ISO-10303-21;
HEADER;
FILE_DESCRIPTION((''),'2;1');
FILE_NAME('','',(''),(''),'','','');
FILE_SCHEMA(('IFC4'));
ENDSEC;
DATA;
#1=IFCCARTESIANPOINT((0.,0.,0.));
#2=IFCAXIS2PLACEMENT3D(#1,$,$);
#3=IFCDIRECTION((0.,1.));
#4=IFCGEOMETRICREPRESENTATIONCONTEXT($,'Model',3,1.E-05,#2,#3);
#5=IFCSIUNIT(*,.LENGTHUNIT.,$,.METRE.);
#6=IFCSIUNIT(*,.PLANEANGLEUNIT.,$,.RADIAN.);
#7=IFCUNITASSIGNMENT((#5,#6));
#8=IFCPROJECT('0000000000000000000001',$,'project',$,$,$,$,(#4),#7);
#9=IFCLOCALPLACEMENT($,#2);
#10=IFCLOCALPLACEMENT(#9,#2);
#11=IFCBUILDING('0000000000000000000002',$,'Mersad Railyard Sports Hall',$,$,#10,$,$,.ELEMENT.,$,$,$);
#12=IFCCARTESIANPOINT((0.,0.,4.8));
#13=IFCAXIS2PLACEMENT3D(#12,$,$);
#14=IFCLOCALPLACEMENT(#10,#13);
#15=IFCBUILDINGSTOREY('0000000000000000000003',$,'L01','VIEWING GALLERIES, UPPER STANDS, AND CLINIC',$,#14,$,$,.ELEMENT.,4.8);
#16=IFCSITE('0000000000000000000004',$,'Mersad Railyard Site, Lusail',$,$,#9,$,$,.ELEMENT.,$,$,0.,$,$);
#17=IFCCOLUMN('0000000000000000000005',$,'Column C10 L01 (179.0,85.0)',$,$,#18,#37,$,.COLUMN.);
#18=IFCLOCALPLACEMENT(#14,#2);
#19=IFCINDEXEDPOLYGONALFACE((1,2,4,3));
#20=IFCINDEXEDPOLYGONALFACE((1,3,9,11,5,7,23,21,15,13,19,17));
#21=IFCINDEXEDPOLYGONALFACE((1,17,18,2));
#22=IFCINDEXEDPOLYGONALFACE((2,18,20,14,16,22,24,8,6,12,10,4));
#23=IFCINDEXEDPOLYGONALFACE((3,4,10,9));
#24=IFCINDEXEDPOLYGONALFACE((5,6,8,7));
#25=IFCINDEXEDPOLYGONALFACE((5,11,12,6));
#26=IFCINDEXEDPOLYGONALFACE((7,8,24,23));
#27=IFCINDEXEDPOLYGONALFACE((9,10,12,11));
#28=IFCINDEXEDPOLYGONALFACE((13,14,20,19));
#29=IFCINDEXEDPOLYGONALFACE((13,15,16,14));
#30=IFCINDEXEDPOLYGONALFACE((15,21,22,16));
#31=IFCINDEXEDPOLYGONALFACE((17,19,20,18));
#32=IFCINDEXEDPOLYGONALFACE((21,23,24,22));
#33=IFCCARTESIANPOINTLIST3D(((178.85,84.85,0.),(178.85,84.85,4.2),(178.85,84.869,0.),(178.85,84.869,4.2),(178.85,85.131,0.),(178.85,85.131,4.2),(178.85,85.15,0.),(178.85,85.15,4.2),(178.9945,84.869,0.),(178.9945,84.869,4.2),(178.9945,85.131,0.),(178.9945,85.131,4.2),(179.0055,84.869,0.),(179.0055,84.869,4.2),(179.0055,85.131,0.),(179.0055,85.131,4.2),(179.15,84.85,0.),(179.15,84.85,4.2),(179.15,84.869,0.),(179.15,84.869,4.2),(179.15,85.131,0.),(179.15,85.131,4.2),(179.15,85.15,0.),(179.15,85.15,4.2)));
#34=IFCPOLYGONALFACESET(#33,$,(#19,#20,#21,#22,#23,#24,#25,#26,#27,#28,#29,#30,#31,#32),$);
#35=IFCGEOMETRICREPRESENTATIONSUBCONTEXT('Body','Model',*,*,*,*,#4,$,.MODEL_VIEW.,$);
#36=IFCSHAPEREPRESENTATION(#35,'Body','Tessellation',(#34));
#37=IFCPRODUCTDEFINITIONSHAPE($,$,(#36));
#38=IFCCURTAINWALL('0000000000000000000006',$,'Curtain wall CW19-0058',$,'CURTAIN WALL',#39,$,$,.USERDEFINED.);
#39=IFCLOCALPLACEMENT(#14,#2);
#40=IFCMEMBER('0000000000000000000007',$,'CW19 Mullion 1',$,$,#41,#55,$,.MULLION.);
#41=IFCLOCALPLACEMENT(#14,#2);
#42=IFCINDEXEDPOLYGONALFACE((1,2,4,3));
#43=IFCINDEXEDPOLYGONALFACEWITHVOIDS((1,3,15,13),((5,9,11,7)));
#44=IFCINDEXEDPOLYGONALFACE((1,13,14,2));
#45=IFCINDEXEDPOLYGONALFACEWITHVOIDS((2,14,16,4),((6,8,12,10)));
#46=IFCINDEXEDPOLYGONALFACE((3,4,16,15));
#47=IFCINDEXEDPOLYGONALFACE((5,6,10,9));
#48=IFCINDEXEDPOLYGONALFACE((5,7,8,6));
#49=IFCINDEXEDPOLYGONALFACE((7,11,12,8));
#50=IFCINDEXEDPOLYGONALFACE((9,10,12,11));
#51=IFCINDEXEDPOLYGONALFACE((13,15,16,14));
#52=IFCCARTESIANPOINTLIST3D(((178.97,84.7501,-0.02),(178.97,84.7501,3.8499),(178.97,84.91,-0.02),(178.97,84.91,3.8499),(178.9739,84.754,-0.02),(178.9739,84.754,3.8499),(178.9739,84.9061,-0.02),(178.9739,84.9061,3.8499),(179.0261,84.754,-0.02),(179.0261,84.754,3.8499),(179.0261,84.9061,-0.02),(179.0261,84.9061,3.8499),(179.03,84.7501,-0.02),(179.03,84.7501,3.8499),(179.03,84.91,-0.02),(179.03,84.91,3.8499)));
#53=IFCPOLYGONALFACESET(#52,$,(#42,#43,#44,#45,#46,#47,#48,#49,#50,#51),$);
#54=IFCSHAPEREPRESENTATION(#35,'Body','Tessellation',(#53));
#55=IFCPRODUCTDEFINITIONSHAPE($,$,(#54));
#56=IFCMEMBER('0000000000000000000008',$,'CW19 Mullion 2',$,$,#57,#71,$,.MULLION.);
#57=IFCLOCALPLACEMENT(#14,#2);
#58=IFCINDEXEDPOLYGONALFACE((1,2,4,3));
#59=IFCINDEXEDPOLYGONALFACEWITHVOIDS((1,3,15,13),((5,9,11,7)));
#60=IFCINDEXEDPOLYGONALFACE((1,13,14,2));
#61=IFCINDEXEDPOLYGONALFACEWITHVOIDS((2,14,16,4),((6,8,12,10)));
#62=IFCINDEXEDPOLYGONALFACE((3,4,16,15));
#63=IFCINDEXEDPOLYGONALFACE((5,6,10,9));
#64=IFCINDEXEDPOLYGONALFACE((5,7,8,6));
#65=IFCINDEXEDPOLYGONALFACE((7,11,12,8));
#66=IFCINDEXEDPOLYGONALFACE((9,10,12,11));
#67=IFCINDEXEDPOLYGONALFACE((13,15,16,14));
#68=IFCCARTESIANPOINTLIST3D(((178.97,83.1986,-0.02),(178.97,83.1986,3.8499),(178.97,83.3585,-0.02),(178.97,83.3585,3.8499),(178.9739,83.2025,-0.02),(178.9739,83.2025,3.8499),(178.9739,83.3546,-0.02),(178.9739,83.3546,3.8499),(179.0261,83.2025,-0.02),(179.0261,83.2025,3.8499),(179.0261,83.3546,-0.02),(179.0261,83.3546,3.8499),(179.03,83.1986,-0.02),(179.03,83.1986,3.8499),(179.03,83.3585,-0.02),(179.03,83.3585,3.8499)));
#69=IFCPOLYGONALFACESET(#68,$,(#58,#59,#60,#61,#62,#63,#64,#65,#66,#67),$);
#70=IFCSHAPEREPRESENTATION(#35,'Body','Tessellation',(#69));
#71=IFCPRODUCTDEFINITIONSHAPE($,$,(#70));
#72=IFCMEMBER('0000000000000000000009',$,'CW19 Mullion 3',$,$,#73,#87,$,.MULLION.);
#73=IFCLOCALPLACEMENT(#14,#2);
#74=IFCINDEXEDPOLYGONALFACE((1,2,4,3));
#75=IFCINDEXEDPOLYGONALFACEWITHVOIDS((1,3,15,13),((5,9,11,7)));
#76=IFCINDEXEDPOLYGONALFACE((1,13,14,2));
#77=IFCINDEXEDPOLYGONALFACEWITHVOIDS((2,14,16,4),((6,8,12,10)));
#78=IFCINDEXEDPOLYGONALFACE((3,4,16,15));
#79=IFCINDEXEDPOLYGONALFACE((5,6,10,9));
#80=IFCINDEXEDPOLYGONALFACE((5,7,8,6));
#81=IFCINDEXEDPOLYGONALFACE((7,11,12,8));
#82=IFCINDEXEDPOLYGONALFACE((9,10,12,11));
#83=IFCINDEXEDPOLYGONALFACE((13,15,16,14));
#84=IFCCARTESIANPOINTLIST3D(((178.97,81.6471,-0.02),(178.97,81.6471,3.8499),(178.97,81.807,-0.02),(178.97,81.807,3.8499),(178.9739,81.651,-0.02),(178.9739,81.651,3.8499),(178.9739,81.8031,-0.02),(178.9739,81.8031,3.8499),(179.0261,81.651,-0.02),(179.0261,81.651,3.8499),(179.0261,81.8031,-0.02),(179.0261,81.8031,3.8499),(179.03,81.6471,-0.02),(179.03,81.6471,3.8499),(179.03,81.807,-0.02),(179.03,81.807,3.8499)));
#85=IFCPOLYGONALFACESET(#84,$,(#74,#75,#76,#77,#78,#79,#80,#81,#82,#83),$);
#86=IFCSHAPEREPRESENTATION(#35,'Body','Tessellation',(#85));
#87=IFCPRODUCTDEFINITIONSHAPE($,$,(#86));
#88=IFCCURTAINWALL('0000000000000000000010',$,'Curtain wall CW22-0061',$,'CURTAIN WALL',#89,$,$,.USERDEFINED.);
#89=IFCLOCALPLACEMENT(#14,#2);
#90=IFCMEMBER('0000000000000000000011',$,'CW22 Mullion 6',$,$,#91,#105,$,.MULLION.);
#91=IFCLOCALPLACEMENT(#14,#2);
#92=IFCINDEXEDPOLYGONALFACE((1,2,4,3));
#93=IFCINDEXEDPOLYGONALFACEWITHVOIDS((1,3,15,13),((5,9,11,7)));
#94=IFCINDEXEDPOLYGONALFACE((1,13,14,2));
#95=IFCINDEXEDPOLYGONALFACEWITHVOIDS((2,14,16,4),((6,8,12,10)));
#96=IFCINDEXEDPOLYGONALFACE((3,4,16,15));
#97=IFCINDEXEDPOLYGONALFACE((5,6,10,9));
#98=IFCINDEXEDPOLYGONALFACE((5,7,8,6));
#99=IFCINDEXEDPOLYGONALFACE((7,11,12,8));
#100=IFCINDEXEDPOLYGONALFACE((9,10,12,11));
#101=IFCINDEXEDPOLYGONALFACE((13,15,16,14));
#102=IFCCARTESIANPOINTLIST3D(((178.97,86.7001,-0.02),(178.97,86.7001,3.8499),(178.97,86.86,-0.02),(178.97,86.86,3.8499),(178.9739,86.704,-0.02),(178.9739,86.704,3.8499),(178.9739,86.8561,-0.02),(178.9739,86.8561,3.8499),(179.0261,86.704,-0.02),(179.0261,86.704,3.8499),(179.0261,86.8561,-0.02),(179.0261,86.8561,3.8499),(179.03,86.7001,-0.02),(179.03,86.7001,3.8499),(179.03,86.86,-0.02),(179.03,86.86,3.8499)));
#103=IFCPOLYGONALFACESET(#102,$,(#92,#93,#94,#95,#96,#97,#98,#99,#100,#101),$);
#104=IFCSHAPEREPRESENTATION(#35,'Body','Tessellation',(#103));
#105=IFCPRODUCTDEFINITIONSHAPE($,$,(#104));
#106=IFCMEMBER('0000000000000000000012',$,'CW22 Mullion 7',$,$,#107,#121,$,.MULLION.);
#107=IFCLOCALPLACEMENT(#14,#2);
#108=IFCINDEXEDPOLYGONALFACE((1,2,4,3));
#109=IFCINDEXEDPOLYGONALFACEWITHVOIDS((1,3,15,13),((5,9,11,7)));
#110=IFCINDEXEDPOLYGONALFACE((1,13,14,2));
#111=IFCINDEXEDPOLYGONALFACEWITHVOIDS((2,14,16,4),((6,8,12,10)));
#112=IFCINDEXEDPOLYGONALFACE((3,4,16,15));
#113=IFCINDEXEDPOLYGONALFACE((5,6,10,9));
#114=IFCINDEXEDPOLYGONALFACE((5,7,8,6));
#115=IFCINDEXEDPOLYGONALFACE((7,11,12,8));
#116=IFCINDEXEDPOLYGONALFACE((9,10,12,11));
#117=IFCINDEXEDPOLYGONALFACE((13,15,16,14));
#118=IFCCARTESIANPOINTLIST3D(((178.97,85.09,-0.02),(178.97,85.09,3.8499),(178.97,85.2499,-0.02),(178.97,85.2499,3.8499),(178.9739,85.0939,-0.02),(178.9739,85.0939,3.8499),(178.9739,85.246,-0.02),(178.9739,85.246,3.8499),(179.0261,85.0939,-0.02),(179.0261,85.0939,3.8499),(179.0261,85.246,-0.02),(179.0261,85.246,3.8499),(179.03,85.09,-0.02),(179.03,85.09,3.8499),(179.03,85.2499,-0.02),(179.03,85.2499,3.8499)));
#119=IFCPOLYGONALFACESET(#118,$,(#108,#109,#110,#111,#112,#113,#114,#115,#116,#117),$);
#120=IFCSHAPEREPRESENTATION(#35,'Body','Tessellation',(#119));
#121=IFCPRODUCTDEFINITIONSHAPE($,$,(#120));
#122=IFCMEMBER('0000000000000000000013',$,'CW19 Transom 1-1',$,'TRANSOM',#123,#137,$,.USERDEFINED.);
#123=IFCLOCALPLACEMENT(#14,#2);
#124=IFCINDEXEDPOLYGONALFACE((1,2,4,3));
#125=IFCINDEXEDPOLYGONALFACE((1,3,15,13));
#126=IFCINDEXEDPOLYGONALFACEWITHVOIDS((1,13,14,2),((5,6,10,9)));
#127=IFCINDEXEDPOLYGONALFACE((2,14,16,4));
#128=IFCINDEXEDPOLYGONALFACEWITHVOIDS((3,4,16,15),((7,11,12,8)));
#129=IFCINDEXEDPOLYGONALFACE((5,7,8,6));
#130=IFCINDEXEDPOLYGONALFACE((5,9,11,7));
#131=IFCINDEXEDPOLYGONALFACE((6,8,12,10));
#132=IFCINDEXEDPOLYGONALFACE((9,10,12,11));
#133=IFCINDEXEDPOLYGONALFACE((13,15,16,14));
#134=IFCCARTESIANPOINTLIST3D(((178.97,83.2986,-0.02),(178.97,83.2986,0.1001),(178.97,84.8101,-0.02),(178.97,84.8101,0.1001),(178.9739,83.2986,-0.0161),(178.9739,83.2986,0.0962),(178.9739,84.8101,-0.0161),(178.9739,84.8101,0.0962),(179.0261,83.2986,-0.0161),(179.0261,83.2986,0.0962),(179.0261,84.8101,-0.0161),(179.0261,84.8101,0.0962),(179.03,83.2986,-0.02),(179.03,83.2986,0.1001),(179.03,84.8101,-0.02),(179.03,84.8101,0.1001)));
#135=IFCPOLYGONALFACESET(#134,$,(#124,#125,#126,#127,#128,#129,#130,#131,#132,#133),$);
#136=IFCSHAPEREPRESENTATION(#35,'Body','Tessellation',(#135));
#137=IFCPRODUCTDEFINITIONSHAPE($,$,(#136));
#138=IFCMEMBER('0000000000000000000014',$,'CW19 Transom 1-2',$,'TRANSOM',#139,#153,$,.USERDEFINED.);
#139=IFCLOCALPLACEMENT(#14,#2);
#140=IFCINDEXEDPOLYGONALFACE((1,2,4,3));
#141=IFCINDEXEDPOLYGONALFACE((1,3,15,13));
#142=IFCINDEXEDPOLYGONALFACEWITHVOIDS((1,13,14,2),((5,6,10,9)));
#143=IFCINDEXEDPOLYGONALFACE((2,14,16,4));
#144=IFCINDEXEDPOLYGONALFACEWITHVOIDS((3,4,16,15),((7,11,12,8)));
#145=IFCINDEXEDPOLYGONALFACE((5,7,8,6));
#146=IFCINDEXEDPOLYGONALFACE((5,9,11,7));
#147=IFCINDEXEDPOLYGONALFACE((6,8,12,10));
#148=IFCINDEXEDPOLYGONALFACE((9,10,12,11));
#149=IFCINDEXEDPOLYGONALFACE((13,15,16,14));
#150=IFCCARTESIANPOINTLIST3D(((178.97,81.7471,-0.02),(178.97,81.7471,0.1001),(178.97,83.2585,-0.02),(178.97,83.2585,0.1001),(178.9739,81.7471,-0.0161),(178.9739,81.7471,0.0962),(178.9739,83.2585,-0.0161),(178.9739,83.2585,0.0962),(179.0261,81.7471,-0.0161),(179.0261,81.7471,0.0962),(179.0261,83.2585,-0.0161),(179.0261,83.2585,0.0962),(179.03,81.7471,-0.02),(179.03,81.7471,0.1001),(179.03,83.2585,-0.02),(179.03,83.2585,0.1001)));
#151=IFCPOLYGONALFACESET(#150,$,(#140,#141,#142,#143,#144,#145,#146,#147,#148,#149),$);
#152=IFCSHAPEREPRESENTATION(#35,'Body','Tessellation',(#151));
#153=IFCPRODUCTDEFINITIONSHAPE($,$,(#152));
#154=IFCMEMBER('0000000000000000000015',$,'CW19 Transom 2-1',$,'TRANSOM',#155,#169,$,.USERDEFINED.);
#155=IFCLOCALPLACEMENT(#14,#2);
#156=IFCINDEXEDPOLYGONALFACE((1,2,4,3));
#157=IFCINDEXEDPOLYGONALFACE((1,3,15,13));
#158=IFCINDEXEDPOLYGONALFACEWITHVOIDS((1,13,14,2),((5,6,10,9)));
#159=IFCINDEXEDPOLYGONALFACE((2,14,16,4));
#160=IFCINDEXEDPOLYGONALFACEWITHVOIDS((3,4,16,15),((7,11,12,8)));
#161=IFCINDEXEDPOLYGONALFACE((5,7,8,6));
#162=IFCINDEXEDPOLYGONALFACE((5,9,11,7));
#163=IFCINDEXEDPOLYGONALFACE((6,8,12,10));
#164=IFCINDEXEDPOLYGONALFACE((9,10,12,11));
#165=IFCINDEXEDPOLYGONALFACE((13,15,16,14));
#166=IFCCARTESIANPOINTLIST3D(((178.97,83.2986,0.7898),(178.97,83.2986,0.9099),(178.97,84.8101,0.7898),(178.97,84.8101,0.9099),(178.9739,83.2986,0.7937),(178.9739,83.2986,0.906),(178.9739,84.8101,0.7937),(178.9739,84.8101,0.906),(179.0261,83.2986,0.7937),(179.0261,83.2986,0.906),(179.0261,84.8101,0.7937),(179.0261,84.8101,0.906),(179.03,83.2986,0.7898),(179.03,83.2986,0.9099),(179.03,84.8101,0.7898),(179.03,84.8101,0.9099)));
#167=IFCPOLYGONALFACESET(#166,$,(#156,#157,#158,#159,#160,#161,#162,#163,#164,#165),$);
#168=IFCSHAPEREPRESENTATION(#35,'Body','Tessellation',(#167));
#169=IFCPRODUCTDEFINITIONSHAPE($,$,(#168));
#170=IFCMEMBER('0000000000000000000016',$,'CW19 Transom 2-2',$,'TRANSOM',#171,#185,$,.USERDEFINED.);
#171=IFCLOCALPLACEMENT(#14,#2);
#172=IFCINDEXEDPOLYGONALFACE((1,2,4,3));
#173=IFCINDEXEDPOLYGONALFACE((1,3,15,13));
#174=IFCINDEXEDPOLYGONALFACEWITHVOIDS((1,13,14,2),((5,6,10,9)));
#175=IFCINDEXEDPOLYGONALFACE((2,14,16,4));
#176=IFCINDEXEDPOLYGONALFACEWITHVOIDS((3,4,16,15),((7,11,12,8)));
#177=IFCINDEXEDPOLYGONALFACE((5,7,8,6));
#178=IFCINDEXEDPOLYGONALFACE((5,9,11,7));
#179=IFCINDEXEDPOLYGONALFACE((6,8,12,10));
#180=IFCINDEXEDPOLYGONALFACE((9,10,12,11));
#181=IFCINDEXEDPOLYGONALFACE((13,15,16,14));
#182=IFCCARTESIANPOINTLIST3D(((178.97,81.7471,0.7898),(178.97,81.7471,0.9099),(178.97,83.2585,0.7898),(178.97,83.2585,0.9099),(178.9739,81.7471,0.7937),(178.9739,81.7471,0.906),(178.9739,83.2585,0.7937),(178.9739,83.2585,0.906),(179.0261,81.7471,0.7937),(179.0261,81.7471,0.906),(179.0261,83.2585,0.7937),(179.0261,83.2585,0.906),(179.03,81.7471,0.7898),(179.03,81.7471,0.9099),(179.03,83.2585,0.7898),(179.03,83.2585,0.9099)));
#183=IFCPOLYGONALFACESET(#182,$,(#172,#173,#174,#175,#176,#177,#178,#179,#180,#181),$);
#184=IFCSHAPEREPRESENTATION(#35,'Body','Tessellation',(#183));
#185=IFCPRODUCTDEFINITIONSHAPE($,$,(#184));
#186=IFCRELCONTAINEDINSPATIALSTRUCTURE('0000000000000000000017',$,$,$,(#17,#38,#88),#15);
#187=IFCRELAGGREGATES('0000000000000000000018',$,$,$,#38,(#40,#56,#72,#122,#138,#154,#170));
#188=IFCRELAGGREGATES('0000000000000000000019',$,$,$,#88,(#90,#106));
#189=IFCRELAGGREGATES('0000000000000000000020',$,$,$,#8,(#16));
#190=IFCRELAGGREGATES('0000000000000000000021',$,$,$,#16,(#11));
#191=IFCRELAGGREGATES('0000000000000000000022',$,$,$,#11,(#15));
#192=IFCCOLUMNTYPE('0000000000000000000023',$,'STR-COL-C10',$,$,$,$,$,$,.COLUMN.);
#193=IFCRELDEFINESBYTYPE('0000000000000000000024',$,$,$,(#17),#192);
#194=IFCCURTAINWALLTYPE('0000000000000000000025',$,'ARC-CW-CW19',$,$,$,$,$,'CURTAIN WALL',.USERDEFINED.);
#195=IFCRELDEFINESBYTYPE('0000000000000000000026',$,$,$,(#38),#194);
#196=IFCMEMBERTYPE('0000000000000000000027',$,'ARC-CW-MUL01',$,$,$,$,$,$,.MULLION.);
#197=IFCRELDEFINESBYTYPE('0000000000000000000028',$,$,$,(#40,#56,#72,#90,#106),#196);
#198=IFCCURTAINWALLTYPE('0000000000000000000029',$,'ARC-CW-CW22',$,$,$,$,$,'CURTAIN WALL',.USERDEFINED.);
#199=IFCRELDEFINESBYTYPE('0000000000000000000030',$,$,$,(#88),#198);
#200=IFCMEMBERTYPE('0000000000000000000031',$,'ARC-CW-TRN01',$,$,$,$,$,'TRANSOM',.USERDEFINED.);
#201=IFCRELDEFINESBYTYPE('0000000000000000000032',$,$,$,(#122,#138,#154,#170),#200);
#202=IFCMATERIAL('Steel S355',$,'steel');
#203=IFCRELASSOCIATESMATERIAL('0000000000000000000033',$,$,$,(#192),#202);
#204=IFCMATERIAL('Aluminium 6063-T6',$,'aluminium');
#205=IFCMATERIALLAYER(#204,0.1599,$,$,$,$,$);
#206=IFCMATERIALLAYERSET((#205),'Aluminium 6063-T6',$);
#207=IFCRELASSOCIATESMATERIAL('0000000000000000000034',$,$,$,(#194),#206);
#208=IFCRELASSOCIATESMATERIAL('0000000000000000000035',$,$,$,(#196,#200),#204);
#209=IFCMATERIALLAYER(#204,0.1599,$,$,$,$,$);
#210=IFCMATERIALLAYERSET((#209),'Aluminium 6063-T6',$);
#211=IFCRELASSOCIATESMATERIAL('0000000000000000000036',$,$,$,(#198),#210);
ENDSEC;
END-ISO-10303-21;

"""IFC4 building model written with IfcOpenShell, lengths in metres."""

from ifc_helpers import new_model, si_unit, direction, frame, origin, origin_2d, place, context, subcontext, project, spatial, hollow_rectangle, i_section, extrude, material, layer, layer_set, material_profile, profile_set, type_object, element, aggregate, save


model = new_model("IFC4")

# Units and contexts
model_context = context("Model", 3, precision=1e-05, world=origin(), true_north=direction((0.0, 1.0)))
body_context = subcontext(model_context, "Body", "Model", "MODEL_VIEW")
ifc_project = project(units=[si_unit("LENGTHUNIT", "METRE"), si_unit("PLANEANGLEUNIT", "RADIAN")], contexts=[model_context])

# Site, building, storey
site_placement = place(None, origin())
site = spatial("IfcSite", under=ifc_project, at=site_placement, Name="Mersad Railyard Site, Lusail", CompositionType="ELEMENT", RefElevation=0.0)
building_placement = place(site_placement, origin())
building = spatial("IfcBuilding", under=site, at=building_placement, Name="Mersad Railyard Sports Hall", CompositionType="ELEMENT")
storey_placement = place(building_placement, frame((0.0, 0.0, 4.8)))
storey = spatial("IfcBuildingStorey", under=building, at=storey_placement, Name="L01", Description="VIEWING GALLERIES, UPPER STANDS, AND CLINIC", CompositionType="ELEMENT", Elevation=4.8)

# Column
ifc_material_1 = material(Name="Steel S355", Category="steel")
ifc_material_profile_1 = material_profile(ifc_material_1, i_section(OverallWidth=0.3, OverallDepth=0.3, WebThickness=0.011, FlangeThickness=0.019, at=origin_2d()), Name="HEB 300")
ifc_profile_set_1 = profile_set([ifc_material_profile_1], Name="Steel S355")
column_type = type_object("IfcColumnType", Name="STR-COL-C10", PredefinedType="COLUMN", material=ifc_profile_set_1)
column_placement = place(storey_placement, frame((179.0, 85.0, 0.0), z_axis=(0.0, 0.0, 1.0), x_axis=(1.0, 0.0, 0.0)))
element("IfcColumn", 1, at=column_placement, inside=storey, type_object=column_type, Name="Column C10 L01 (179.0,85.0)", PredefinedType="COLUMN", context=body_context, shape_type="SweptSolid", body=[
    extrude(i_section(OverallWidth=0.3, OverallDepth=0.3, WebThickness=0.011, FlangeThickness=0.019, at=origin_2d()), origin(), (0.0, 0.0, 1.0), 4.2),
])

# Curtain walls, members
ifc_material_2 = material(Name="Aluminium 6063-T6", Category="aluminium")
ifc_layer_1 = layer(ifc_material_2, 0.1599)
ifc_layer_set_1 = layer_set([ifc_layer_1], Name="Aluminium 6063-T6")
curtain_wall_type_1 = type_object("IfcCurtainWallType", Name="ARC-CW-CW19", ElementType="CURTAIN WALL", PredefinedType="USERDEFINED", material=ifc_layer_set_1)
curtain_wall_1_placement = place(storey_placement, origin())
curtain_wall_1 = element("IfcCurtainWall", 2, at=curtain_wall_1_placement, inside=storey, type_object=curtain_wall_type_1, Name="Curtain wall CW19-0058", ObjectType="CURTAIN WALL", PredefinedType="USERDEFINED")
ifc_material_profile_2 = material_profile(ifc_material_2, hollow_rectangle(XDim=0.0601, YDim=0.1599, WallThickness=0.0039, at=origin_2d()), Name="AL MULLION 60x160x4")
ifc_profile_set_2 = profile_set([ifc_material_profile_2], Name="Aluminium 6063-T6")
member_type_1 = type_object("IfcMemberType", Name="ARC-CW-MUL01", PredefinedType="MULLION", material=ifc_profile_set_2)
member_1_placement = place(storey_placement, frame((179.0, 84.8301, -0.02), z_axis=(0.0, 0.0, 1.0), x_axis=(1.0, 0.0, 0.0)))
member_1 = element("IfcMember", 3, at=member_1_placement, type_object=member_type_1, Name="CW19 Mullion 1", PredefinedType="MULLION", context=body_context, shape_type="SweptSolid", body=[
    extrude(hollow_rectangle(XDim=0.0601, YDim=0.1599, WallThickness=0.0039, at=origin_2d()), origin(), (0.0, 0.0, 1.0), 3.8699),
])
member_2_placement = place(storey_placement, frame((179.0, 83.2786, -0.02), z_axis=(0.0, 0.0, 1.0), x_axis=(1.0, 0.0, 0.0)))
member_2 = element("IfcMember", 4, at=member_2_placement, type_object=member_type_1, Name="CW19 Mullion 2", PredefinedType="MULLION", context=body_context, shape_type="SweptSolid", body=[
    extrude(hollow_rectangle(XDim=0.0601, YDim=0.1599, WallThickness=0.0039, at=origin_2d()), origin(), (0.0, 0.0, 1.0), 3.8699),
])
member_3_placement = place(storey_placement, frame((179.0, 81.7271, -0.02), z_axis=(0.0, 0.0, 1.0), x_axis=(1.0, 0.0, 0.0)))
member_3 = element("IfcMember", 5, at=member_3_placement, type_object=member_type_1, Name="CW19 Mullion 3", PredefinedType="MULLION", context=body_context, shape_type="SweptSolid", body=[
    extrude(hollow_rectangle(XDim=0.0601, YDim=0.1599, WallThickness=0.0039, at=origin_2d()), origin(), (0.0, 0.0, 1.0), 3.8699),
])
ifc_layer_2 = layer(ifc_material_2, 0.1599)
ifc_layer_set_2 = layer_set([ifc_layer_2], Name="Aluminium 6063-T6")
curtain_wall_type_2 = type_object("IfcCurtainWallType", Name="ARC-CW-CW22", ElementType="CURTAIN WALL", PredefinedType="USERDEFINED", material=ifc_layer_set_2)
curtain_wall_2_placement = place(storey_placement, origin())
curtain_wall_2 = element("IfcCurtainWall", 6, at=curtain_wall_2_placement, inside=storey, type_object=curtain_wall_type_2, Name="Curtain wall CW22-0061", ObjectType="CURTAIN WALL", PredefinedType="USERDEFINED")
member_4_placement = place(storey_placement, frame((179.0, 86.78, -0.02), z_axis=(0.0, 0.0, 1.0), x_axis=(1.0, 0.0, 0.0)))
member_4 = element("IfcMember", 7, at=member_4_placement, type_object=member_type_1, Name="CW22 Mullion 6", PredefinedType="MULLION", context=body_context, shape_type="SweptSolid", body=[
    extrude(hollow_rectangle(XDim=0.0601, YDim=0.1599, WallThickness=0.0039, at=origin_2d()), origin(), (0.0, 0.0, 1.0), 3.8699),
])
member_5_placement = place(storey_placement, frame((179.0, 85.1699, -0.02), z_axis=(0.0, 0.0, 1.0), x_axis=(1.0, 0.0, 0.0)))
member_5 = element("IfcMember", 8, at=member_5_placement, type_object=member_type_1, Name="CW22 Mullion 7", PredefinedType="MULLION", context=body_context, shape_type="SweptSolid", body=[
    extrude(hollow_rectangle(XDim=0.0601, YDim=0.1599, WallThickness=0.0039, at=origin_2d()), origin(), (0.0, 0.0, 1.0), 3.8699),
])

# Members
ifc_material_profile_3 = material_profile(ifc_material_2, hollow_rectangle(XDim=0.0601, YDim=0.1201, WallThickness=0.0039, at=origin_2d()), Name="AL TRANSOM 60x120x4")
ifc_profile_set_3 = profile_set([ifc_material_profile_3], Name="Aluminium 6063-T6")
member_type_2 = type_object("IfcMemberType", Name="ARC-CW-TRN01", ElementType="TRANSOM", PredefinedType="USERDEFINED", material=ifc_profile_set_3)
member_6_placement = place(storey_placement, frame((179.0, 84.8101, 0.04), z_axis=(0.0, -1.0, 0.0), x_axis=(1.0, 0.0, 0.0)))
member_6 = element("IfcMember", 9, at=member_6_placement, type_object=member_type_2, Name="CW19 Transom 1-1", ObjectType="TRANSOM", PredefinedType="USERDEFINED", context=body_context, shape_type="SweptSolid", body=[
    extrude(hollow_rectangle(XDim=0.0601, YDim=0.1201, WallThickness=0.0039, at=origin_2d()), origin(), (0.0, 0.0, 1.0), 1.5115),
])
member_7_placement = place(storey_placement, frame((179.0, 83.2585, 0.04), z_axis=(0.0, -1.0, 0.0), x_axis=(1.0, 0.0, 0.0)))
member_7 = element("IfcMember", 10, at=member_7_placement, type_object=member_type_2, Name="CW19 Transom 1-2", ObjectType="TRANSOM", PredefinedType="USERDEFINED", context=body_context, shape_type="SweptSolid", body=[
    extrude(hollow_rectangle(XDim=0.0601, YDim=0.1201, WallThickness=0.0039, at=origin_2d()), origin(), (0.0, 0.0, 1.0), 1.5115),
])
member_8_placement = place(storey_placement, frame((179.0, 84.8101, 0.8499), z_axis=(0.0, -1.0, 0.0), x_axis=(1.0, 0.0, 0.0)))
member_8 = element("IfcMember", 11, at=member_8_placement, type_object=member_type_2, Name="CW19 Transom 2-1", ObjectType="TRANSOM", PredefinedType="USERDEFINED", context=body_context, shape_type="SweptSolid", body=[
    extrude(hollow_rectangle(XDim=0.0601, YDim=0.1201, WallThickness=0.0039, at=origin_2d()), origin(), (0.0, 0.0, 1.0), 1.5115),
])
member_9_placement = place(storey_placement, frame((179.0, 83.2585, 0.8499), z_axis=(0.0, -1.0, 0.0), x_axis=(1.0, 0.0, 0.0)))
member_9 = element("IfcMember", 12, at=member_9_placement, type_object=member_type_2, Name="CW19 Transom 2-2", ObjectType="TRANSOM", PredefinedType="USERDEFINED", context=body_context, shape_type="SweptSolid", body=[
    extrude(hollow_rectangle(XDim=0.0601, YDim=0.1201, WallThickness=0.0039, at=origin_2d()), origin(), (0.0, 0.0, 1.0), 1.5115),
])

aggregate(curtain_wall_1, [member_1, member_2, member_3, member_6, member_7, member_8, member_9])
aggregate(curtain_wall_2, [member_4, member_5])

save(model, "model.ifc")
